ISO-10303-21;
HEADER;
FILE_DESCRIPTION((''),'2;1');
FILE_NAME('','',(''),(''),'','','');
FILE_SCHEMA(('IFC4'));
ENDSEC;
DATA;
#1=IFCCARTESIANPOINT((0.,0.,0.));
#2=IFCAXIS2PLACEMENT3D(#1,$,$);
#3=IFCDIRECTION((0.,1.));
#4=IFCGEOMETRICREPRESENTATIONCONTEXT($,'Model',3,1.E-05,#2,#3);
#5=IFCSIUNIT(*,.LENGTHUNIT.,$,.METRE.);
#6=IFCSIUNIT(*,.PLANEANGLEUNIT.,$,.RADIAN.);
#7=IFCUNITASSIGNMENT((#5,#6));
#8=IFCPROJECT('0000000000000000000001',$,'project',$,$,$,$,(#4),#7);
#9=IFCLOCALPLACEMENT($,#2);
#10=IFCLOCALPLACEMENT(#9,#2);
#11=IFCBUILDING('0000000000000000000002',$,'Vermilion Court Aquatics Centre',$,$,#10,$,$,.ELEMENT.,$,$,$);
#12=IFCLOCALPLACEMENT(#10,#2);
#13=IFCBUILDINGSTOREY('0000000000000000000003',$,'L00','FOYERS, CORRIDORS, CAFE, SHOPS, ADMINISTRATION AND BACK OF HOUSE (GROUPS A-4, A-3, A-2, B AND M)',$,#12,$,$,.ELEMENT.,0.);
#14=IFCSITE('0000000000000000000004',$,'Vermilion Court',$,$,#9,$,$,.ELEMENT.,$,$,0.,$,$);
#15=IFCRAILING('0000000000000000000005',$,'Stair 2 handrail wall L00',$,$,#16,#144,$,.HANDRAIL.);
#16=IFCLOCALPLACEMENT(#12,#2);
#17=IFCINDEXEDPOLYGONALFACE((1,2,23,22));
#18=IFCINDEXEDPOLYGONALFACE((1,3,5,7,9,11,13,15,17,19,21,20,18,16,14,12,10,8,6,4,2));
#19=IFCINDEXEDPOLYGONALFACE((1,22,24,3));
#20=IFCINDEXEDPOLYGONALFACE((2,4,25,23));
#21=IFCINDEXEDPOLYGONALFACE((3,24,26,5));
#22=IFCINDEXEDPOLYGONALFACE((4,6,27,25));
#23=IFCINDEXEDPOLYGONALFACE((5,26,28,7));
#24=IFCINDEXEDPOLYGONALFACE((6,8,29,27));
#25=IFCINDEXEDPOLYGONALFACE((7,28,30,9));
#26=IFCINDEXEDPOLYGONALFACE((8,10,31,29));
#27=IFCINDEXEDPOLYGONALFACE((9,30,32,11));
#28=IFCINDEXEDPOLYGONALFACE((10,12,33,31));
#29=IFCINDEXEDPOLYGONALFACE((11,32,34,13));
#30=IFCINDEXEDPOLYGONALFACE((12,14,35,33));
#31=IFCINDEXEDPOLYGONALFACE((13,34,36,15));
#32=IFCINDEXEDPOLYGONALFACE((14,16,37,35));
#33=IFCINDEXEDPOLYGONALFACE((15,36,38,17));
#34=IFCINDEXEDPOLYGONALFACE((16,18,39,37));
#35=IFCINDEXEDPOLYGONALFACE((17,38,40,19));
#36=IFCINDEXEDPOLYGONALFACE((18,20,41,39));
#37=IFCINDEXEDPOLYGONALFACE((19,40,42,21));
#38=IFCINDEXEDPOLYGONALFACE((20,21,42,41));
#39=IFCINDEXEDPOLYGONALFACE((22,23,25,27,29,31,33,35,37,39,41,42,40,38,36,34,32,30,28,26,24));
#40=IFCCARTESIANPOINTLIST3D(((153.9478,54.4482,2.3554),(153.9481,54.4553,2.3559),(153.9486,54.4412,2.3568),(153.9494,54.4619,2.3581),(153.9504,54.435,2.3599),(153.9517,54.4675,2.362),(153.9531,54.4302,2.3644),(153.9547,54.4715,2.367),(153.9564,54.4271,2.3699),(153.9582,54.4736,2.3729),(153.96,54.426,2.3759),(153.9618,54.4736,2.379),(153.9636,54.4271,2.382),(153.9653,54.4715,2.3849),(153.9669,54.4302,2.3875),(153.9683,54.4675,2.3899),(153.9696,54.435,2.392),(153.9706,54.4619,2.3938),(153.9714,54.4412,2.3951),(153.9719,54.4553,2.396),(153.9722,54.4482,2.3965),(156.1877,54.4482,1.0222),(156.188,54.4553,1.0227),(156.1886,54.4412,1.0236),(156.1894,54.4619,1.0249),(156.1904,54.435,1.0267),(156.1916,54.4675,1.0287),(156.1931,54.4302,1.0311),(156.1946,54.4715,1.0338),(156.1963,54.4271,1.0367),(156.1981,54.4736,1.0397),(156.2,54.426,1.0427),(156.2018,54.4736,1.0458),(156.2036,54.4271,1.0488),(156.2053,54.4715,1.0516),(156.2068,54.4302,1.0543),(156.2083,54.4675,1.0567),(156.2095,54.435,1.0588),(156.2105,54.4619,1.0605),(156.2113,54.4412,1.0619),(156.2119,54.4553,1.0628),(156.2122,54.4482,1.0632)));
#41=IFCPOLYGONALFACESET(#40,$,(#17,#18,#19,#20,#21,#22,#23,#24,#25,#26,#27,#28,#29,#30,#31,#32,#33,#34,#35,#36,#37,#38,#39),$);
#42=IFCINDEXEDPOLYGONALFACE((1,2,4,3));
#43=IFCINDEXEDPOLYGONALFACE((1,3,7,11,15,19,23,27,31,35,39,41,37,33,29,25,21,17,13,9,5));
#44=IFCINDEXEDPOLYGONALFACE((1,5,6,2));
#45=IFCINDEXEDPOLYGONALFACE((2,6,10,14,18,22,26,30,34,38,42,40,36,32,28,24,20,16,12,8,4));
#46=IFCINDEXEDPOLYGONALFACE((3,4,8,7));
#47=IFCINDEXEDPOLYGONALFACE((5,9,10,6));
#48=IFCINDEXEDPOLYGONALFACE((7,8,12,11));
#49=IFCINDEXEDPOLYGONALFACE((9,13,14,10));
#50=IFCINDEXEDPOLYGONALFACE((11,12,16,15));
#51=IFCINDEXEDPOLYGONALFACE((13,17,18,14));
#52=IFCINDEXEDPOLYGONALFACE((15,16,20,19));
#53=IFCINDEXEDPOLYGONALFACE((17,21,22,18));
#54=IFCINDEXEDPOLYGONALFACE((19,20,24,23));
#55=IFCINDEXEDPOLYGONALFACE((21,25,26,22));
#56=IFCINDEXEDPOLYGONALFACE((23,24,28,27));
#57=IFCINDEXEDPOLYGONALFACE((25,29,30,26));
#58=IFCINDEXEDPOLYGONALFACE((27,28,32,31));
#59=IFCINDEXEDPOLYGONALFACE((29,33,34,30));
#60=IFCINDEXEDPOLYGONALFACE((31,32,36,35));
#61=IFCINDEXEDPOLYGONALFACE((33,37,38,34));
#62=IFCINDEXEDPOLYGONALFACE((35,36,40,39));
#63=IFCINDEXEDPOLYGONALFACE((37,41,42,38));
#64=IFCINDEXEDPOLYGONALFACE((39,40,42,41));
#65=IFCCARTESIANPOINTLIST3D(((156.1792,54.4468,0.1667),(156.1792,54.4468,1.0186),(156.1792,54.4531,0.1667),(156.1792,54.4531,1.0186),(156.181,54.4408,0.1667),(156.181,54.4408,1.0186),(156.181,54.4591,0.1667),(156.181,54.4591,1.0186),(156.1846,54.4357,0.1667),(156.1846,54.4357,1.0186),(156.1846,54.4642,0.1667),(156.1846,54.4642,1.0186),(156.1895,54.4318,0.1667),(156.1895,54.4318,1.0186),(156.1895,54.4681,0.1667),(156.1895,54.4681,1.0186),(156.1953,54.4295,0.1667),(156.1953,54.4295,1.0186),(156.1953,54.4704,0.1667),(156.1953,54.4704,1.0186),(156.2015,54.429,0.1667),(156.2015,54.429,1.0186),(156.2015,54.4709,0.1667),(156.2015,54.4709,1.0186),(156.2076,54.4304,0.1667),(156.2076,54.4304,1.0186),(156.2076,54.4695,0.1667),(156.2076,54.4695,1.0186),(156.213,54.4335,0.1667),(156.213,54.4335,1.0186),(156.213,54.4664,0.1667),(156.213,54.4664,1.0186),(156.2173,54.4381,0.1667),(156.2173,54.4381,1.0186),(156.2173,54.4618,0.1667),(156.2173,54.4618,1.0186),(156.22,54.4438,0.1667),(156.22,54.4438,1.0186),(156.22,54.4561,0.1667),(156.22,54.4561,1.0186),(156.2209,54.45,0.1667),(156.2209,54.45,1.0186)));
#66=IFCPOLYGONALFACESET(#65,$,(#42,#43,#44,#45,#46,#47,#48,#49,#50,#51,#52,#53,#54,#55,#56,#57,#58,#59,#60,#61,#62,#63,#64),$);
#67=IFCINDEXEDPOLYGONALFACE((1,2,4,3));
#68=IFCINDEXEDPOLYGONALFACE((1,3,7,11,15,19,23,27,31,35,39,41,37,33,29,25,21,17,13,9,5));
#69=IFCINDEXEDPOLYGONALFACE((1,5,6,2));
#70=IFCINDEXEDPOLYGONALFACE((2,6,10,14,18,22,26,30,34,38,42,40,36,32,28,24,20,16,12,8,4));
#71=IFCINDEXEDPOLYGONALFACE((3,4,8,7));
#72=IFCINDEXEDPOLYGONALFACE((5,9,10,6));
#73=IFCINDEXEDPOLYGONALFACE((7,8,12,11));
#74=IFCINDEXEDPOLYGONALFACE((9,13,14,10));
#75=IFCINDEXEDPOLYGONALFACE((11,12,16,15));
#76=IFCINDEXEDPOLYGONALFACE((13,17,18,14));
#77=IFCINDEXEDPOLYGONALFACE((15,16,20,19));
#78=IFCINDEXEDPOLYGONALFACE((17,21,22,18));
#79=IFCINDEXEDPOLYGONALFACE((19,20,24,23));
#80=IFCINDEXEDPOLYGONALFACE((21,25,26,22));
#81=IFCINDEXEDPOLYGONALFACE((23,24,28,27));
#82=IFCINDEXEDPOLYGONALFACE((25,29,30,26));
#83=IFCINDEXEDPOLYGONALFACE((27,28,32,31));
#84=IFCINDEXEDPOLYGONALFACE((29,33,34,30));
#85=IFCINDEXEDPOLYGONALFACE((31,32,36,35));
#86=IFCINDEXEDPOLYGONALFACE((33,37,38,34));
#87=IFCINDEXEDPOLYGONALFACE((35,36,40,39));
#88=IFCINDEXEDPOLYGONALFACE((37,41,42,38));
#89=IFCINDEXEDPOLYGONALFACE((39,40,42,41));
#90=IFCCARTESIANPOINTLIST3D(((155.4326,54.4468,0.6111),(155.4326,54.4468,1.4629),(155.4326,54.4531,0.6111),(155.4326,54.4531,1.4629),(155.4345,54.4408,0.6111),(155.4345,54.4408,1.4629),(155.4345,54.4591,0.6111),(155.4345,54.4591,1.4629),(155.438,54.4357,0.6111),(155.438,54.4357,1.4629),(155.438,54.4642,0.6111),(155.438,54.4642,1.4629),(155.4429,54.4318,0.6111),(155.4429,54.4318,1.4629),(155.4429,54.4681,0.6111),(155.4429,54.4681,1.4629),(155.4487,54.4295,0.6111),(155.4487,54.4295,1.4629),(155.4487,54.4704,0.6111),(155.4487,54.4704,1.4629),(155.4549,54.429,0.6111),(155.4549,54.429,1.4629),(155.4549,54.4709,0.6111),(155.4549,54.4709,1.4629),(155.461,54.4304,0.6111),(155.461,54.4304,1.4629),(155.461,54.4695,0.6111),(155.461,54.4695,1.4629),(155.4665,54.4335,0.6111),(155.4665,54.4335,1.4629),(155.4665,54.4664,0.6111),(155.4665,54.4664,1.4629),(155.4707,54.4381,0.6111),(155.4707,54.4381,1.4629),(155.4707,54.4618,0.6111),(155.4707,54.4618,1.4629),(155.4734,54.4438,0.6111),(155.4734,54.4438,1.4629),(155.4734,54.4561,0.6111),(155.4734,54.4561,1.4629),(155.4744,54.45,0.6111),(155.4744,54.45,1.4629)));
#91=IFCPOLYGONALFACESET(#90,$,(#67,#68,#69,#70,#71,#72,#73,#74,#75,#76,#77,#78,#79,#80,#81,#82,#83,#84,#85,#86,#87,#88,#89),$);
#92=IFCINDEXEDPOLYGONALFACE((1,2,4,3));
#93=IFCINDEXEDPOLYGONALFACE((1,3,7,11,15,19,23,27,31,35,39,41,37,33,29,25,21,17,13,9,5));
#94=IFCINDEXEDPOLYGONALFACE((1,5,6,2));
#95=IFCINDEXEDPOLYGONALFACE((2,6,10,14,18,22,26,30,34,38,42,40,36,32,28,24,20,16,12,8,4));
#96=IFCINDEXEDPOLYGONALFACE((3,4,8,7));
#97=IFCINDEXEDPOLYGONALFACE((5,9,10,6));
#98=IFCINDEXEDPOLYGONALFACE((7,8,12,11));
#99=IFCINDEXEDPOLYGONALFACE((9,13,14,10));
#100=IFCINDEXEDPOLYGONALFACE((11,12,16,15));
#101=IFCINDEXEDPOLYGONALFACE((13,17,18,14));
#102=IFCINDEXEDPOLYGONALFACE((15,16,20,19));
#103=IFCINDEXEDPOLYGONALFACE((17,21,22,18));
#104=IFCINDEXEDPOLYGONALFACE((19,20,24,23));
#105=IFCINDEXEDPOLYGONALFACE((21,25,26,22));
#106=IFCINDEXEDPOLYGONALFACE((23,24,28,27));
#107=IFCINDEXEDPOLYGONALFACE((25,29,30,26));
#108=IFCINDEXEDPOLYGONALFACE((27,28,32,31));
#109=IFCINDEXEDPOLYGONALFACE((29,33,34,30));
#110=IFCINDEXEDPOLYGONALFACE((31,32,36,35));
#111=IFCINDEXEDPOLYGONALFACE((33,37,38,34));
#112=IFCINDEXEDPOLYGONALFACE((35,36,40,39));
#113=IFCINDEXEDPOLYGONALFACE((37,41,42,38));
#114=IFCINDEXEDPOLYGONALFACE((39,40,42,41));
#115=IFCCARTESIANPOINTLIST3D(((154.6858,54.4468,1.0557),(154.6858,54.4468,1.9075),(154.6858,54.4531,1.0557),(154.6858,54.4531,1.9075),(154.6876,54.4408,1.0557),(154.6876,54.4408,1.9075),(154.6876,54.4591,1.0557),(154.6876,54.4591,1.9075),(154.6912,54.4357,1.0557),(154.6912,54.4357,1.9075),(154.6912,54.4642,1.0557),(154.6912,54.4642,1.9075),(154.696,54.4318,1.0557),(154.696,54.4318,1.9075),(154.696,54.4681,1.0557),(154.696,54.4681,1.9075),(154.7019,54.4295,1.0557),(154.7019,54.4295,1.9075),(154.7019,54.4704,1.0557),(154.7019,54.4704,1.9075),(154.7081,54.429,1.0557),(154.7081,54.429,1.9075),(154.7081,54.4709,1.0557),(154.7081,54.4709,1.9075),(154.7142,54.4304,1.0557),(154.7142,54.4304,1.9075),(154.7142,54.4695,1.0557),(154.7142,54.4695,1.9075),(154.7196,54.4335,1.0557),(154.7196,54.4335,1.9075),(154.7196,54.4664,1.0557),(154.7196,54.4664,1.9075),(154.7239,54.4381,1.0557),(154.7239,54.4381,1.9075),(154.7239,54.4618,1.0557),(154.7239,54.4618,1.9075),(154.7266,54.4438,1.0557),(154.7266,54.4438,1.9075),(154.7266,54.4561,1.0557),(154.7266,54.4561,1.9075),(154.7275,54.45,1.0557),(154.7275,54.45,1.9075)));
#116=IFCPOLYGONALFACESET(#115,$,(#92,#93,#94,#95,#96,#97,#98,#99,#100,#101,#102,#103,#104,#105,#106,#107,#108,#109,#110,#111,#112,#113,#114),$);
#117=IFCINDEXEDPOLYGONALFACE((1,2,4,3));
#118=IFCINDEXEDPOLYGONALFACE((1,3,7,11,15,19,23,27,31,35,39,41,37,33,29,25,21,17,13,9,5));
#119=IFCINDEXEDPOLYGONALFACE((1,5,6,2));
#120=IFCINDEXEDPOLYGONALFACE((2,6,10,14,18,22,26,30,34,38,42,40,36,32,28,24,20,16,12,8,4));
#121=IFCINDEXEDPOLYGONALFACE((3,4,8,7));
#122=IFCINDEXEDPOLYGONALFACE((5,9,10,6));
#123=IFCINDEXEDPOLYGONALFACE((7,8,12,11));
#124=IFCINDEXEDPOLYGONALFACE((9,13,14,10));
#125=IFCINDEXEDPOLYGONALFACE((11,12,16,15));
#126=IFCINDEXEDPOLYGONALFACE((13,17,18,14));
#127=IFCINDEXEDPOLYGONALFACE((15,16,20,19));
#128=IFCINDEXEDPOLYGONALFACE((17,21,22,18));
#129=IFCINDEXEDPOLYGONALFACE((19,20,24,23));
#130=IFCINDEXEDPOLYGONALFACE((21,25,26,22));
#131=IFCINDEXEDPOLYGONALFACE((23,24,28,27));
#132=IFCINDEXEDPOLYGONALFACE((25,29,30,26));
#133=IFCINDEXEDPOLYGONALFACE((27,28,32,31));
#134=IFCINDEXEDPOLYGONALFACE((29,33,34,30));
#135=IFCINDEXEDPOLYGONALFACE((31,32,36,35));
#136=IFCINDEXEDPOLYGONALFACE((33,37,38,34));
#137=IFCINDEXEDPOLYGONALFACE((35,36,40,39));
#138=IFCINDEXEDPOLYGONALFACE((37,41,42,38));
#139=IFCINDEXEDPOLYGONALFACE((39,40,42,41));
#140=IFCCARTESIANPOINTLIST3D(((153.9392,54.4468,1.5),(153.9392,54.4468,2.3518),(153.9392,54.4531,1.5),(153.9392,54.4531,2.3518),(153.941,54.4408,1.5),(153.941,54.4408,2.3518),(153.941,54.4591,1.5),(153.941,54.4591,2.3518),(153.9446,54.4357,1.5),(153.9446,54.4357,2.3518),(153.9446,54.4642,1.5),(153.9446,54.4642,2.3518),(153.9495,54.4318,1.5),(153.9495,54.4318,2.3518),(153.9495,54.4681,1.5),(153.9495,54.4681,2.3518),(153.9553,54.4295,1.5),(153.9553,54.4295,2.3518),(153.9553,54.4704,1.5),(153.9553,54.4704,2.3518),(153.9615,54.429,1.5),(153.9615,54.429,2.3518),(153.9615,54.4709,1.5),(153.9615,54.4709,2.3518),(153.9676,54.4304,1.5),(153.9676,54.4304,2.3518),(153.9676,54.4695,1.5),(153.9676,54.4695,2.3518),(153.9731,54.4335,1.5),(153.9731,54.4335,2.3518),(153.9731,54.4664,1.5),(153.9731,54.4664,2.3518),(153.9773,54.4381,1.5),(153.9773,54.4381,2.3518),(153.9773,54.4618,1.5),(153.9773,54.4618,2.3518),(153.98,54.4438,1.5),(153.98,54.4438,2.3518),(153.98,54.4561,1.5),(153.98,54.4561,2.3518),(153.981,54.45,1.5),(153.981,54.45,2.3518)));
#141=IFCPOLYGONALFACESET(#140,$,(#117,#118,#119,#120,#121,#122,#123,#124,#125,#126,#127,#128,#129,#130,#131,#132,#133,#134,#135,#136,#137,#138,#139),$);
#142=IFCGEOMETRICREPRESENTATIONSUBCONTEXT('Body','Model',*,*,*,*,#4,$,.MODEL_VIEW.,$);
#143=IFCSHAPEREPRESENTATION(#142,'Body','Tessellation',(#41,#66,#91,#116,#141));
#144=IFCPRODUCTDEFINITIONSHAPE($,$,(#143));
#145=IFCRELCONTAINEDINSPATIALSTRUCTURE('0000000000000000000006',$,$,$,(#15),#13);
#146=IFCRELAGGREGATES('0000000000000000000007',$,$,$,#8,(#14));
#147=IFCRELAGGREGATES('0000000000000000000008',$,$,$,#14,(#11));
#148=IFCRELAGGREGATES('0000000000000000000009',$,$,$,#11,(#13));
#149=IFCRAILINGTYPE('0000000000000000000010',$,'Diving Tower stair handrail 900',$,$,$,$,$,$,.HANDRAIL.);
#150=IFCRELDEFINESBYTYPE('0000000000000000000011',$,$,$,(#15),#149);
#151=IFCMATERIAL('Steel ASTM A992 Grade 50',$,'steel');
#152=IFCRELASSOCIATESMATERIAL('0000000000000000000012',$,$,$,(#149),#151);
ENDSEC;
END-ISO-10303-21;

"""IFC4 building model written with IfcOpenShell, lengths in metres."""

from ifc_helpers import new_model, si_unit, direction, frame, origin, origin_2d, place, context, subcontext, project, spatial, circle, extrude, material, type_object, element, save


model = new_model("IFC4")

# Units and contexts
model_context = context("Model", 3, precision=1e-05, world=origin(), true_north=direction((0.0, 1.0)))
body_context = subcontext(model_context, "Body", "Model", "MODEL_VIEW")
ifc_project = project(units=[si_unit("LENGTHUNIT", "METRE"), si_unit("PLANEANGLEUNIT", "RADIAN")], contexts=[model_context])

# Site, building, storey
site_placement = place(None, origin())
site = spatial("IfcSite", under=ifc_project, at=site_placement, Name="Vermilion Court", CompositionType="ELEMENT", RefElevation=0.0)
building_placement = place(site_placement, origin())
building = spatial("IfcBuilding", under=site, at=building_placement, Name="Vermilion Court Aquatics Centre", CompositionType="ELEMENT")
storey_placement = place(building_placement, origin())
storey = spatial("IfcBuildingStorey", under=building, at=storey_placement, Name="L00", Description="FOYERS, CORRIDORS, CAFE, SHOPS, ADMINISTRATION AND BACK OF HOUSE (GROUPS A-4, A-3, A-2, B AND M)", CompositionType="ELEMENT", Elevation=0.0)

# Railing
ifc_material_1 = material(Name="Steel ASTM A992 Grade 50", Category="steel")
railing_type_1 = type_object("IfcRailingType", Name="Diving Tower stair handrail 900", PredefinedType="HANDRAIL", material=ifc_material_1)
for number, where, name in (
    (1, (156.2, 54.45, 0.1667), "Stair 2 handrail wall L00"),
):
    element("IfcRailing", number, at=place(storey_placement, frame(where)), inside=storey, type_object=railing_type_1, Name=name, PredefinedType="HANDRAIL", context=body_context, shape_type="SweptSolid", body=[
        extrude(circle(Radius=0.0239, at=origin_2d()), frame((0.0, 0.0, 0.876), z_axis=(-0.859306, 0.0, 0.511462), x_axis=(0.0, -1.0, 0.0)), (0.0, 0.0, 1.0), 2.6067),
        extrude(circle(Radius=0.021, at=origin_2d()), origin(), (0.0, 0.0, 1.0), 0.8518),
        extrude(circle(Radius=0.021, at=origin_2d()), frame((-0.7466, 0.0, 0.4443)), (0.0, 0.0, 1.0), 0.8518),
        extrude(circle(Radius=0.021, at=origin_2d()), frame((-1.4934, 0.0, 0.8889)), (0.0, 0.0, 1.0), 0.8518),
        extrude(circle(Radius=0.021, at=origin_2d()), frame((-2.24, 0.0, 1.3333)), (0.0, 0.0, 1.0), 0.8518),
    ])

save(model, "model.ifc")
